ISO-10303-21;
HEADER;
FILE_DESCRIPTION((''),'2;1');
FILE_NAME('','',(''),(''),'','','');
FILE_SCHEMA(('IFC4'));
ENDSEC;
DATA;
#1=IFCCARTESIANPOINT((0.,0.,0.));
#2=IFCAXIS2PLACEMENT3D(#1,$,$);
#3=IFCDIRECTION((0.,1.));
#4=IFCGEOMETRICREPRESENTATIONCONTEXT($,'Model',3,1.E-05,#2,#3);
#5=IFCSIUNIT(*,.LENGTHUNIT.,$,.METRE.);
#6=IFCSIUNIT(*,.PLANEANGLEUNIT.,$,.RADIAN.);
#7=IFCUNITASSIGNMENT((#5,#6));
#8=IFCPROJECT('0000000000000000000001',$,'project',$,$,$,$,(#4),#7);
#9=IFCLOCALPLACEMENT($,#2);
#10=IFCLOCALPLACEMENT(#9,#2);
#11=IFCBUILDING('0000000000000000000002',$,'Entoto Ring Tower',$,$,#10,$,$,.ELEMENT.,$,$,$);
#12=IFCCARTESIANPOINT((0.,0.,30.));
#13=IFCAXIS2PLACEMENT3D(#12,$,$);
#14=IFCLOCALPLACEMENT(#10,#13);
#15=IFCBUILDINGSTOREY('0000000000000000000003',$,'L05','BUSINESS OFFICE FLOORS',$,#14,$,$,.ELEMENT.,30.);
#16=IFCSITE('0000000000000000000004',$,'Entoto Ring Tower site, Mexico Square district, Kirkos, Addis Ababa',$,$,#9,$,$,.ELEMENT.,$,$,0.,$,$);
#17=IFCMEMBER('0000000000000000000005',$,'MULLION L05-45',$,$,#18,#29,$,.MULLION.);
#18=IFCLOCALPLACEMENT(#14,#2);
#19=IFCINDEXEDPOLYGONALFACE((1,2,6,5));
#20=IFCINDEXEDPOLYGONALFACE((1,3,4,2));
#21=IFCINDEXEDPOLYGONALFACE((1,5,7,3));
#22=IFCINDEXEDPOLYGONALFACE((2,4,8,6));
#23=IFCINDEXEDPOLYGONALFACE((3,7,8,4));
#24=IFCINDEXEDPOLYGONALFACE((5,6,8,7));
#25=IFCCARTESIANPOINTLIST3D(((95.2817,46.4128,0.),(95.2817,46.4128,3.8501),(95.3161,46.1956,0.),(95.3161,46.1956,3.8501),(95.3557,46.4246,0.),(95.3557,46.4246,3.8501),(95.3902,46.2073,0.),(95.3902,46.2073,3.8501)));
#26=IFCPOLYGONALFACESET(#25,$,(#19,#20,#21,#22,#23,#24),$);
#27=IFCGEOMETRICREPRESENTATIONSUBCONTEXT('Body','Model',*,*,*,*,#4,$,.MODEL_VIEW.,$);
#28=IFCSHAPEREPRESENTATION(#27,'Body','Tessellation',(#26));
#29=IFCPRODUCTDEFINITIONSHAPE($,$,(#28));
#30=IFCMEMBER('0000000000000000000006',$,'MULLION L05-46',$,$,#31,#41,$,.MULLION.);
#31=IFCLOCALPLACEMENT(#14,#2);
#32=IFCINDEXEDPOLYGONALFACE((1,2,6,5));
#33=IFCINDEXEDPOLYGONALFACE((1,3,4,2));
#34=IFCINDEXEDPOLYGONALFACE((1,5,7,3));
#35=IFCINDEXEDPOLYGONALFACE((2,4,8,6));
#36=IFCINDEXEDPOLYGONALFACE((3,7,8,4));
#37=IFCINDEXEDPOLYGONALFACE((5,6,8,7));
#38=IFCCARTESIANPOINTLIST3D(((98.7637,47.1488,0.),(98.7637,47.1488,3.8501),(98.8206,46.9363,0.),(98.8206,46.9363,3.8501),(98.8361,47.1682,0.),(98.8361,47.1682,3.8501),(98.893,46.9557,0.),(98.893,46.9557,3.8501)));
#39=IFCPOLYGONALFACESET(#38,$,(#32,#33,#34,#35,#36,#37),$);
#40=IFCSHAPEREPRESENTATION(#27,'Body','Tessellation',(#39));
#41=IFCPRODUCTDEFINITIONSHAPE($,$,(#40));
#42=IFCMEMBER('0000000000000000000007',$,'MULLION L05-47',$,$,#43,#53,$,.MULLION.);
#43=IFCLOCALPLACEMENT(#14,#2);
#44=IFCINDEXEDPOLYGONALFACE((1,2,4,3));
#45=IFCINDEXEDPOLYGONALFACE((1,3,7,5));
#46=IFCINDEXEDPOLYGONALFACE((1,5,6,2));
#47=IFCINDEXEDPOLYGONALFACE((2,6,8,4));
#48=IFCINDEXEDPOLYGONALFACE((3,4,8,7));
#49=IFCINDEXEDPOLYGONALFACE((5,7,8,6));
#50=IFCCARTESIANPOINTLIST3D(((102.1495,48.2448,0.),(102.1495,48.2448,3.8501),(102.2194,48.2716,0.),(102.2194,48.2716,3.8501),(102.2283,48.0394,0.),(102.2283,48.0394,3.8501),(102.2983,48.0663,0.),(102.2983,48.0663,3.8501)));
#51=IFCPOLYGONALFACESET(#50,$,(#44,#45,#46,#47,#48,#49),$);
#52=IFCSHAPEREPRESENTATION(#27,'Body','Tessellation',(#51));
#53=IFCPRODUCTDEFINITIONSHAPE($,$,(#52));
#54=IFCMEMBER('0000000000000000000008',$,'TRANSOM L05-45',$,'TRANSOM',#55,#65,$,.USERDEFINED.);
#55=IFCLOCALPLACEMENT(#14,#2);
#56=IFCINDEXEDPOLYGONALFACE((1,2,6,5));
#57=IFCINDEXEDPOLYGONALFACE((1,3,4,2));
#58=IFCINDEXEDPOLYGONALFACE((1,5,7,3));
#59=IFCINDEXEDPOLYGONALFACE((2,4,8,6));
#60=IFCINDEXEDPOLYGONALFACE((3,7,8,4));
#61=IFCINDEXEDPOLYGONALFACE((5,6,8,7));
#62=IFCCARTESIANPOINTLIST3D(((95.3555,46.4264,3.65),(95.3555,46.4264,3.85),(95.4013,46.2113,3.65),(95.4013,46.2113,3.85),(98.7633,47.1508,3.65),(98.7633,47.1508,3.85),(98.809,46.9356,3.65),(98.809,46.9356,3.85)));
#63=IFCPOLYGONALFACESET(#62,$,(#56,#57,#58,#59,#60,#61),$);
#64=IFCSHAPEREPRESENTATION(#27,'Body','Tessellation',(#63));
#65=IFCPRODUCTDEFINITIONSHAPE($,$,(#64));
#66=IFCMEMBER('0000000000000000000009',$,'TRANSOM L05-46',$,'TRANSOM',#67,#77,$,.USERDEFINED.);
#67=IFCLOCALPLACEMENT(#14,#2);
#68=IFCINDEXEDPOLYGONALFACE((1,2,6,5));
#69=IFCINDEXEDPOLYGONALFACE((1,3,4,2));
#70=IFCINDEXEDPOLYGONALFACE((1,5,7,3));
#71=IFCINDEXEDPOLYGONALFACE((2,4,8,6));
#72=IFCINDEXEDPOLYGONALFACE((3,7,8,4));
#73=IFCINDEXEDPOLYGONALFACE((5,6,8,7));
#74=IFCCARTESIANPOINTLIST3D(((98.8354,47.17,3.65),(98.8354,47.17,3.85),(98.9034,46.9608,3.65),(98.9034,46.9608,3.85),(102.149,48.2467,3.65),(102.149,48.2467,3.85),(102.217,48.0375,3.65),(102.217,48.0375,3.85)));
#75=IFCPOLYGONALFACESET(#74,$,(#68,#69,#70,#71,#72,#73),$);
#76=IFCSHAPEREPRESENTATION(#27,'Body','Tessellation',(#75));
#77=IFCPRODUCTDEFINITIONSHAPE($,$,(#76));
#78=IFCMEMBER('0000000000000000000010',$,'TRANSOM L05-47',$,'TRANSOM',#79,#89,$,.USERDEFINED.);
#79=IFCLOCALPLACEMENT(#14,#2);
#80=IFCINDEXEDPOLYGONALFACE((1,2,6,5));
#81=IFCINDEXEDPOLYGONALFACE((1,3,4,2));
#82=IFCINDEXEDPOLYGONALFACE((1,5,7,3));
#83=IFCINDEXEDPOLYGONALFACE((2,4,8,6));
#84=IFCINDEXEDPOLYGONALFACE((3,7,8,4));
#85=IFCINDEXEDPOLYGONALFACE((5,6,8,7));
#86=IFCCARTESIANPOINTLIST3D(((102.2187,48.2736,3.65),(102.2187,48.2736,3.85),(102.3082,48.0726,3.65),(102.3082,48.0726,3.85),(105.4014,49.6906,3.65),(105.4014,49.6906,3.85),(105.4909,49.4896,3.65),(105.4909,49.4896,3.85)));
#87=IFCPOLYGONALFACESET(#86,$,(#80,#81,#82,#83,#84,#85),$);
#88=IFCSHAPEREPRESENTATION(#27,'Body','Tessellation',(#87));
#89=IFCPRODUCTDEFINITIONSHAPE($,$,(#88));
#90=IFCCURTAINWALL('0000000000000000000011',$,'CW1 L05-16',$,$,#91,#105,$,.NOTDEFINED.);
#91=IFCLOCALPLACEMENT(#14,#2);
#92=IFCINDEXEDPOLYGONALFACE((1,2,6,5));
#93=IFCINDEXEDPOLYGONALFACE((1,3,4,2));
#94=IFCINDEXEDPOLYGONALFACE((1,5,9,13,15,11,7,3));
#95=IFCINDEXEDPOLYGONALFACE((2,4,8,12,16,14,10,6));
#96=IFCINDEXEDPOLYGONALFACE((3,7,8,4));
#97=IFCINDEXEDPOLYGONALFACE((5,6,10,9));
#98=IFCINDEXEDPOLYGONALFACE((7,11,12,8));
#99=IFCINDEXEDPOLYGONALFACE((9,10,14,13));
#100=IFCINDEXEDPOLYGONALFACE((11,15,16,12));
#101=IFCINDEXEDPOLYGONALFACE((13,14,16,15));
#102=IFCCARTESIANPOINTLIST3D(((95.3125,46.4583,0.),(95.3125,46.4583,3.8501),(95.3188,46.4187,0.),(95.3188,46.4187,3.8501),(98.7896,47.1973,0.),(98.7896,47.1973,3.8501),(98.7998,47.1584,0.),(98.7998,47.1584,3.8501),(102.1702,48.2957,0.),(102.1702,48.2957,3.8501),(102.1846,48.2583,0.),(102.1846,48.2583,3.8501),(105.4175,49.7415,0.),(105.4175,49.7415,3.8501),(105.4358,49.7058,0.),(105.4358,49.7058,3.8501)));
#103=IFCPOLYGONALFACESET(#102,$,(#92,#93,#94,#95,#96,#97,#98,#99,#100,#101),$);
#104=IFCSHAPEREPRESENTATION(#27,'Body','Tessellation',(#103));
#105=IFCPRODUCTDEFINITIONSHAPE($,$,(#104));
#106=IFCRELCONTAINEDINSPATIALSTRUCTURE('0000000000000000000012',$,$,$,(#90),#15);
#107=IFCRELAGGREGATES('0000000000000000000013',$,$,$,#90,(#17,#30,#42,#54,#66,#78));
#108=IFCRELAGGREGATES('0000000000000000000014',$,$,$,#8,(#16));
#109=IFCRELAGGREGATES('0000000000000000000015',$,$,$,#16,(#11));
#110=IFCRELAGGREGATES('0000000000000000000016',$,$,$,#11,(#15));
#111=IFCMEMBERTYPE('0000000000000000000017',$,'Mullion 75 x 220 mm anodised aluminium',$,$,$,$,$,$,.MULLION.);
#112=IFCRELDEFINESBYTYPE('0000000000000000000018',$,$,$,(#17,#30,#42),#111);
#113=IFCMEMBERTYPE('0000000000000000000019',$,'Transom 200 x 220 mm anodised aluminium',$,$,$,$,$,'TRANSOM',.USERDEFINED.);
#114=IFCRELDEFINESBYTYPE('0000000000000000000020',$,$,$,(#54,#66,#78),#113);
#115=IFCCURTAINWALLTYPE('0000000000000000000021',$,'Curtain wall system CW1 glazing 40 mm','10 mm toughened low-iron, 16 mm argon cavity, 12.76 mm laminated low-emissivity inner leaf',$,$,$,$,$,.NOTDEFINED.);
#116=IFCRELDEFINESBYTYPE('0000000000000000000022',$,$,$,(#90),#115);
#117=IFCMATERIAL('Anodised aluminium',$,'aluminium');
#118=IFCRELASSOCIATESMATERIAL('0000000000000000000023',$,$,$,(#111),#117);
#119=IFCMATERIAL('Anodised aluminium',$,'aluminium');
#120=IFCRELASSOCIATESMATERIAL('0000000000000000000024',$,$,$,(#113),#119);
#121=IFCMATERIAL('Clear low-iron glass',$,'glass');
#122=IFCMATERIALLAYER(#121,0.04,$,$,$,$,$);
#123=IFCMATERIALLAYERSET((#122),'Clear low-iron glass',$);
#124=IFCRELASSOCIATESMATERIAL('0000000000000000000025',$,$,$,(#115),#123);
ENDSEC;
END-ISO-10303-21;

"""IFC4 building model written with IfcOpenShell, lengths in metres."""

from ifc_helpers import new_model, si_unit, direction, frame, origin, origin_2d, place, context, subcontext, project, spatial, polyline, rectangle, outline, extrude, material, layer, layer_set, material_profile, profile_set, type_object, element, aggregate, save


model = new_model("IFC4")

# Units and contexts
model_context = context("Model", 3, precision=1e-05, world=origin(), true_north=direction((0.0, 1.0)))
body_context = subcontext(model_context, "Body", "Model", "MODEL_VIEW")
ifc_project = project(units=[si_unit("LENGTHUNIT", "METRE"), si_unit("PLANEANGLEUNIT", "RADIAN")], contexts=[model_context])

# Members
ifc_material_1 = material(Name="Anodised aluminium", Category="aluminium")
ifc_material_profile_1 = material_profile(ifc_material_1, rectangle(XDim=0.075, YDim=0.22, at=origin_2d()), Name="Mullion 75 x 220 mm anodised aluminium")
ifc_profile_set_1 = profile_set([ifc_material_profile_1], Name="Anodised aluminium")
member_type_1 = type_object("IfcMemberType", Name="Mullion 75 x 220 mm anodised aluminium", PredefinedType="MULLION", material=ifc_profile_set_1)
site_placement = place(None, origin())
building_placement = place(site_placement, origin())
storey_placement = place(building_placement, frame((0.0, 0.0, 30.0)))
member_1_placement = place(storey_placement, frame((95.3359, 46.3101, 0.0), z_axis=(0.0, 0.0, 1.0), x_axis=(0.987688, 0.156434, 0.0)))
member_1 = element("IfcMember", 1, at=member_1_placement, type_object=member_type_1, Name="MULLION L05-45", PredefinedType="MULLION", context=body_context, shape_type="SweptSolid", body=[
    extrude(rectangle(XDim=0.075, YDim=0.22, at=origin_2d()), origin(), (0.0, 0.0, 1.0), 3.8501),
])
member_2_placement = place(storey_placement, frame((98.8284, 47.0522, 0.0), z_axis=(0.0, 0.0, 1.0), x_axis=(0.965926, 0.258819, 0.0)))
member_2 = element("IfcMember", 2, at=member_2_placement, type_object=member_type_1, Name="MULLION L05-46", PredefinedType="MULLION", context=body_context, shape_type="SweptSolid", body=[
    extrude(rectangle(XDim=0.075, YDim=0.22, at=origin_2d()), origin(), (0.0, 0.0, 1.0), 3.8501),
])
member_3_placement = place(storey_placement, frame((102.2239, 48.1555, 0.0), z_axis=(0.0, 0.0, 1.0), x_axis=(0.93358, 0.358368, 0.0)))
member_3 = element("IfcMember", 3, at=member_3_placement, type_object=member_type_1, Name="MULLION L05-47", PredefinedType="MULLION", context=body_context, shape_type="SweptSolid", body=[
    extrude(rectangle(XDim=0.075, YDim=0.22, at=origin_2d()), origin(), (0.0, 0.0, 1.0), 3.8501),
])
ifc_material_2 = material(Name="Anodised aluminium", Category="aluminium")
ifc_material_profile_2 = material_profile(ifc_material_2, rectangle(XDim=0.22, YDim=0.2, at=origin_2d()), Name="Transom 200 x 220 mm anodised aluminium")
ifc_profile_set_2 = profile_set([ifc_material_profile_2], Name="Anodised aluminium")
member_type_2 = type_object("IfcMemberType", Name="Transom 200 x 220 mm anodised aluminium", ElementType="TRANSOM", PredefinedType="USERDEFINED", material=ifc_profile_set_2)
member_4_placement = place(storey_placement, frame((95.3784, 46.3188, 3.75), z_axis=(0.978146, 0.207921, 0.0), x_axis=(-0.207921, 0.978146, 0.0)))
member_4 = element("IfcMember", 4, at=member_4_placement, type_object=member_type_2, Name="TRANSOM L05-45", ObjectType="TRANSOM", PredefinedType="USERDEFINED", context=body_context, shape_type="SweptSolid", body=[
    extrude(rectangle(XDim=0.22, YDim=0.2, at=origin_2d()), origin(), (0.0, 0.0, 1.0), 3.4839),
])
member_5_placement = place(storey_placement, frame((98.8694, 47.0654, 3.75), z_axis=(0.951053, 0.309029, 0.0), x_axis=(-0.309029, 0.951053, 0.0)))
member_5 = element("IfcMember", 5, at=member_5_placement, type_object=member_type_2, Name="TRANSOM L05-46", ObjectType="TRANSOM", PredefinedType="USERDEFINED", context=body_context, shape_type="SweptSolid", body=[
    extrude(rectangle(XDim=0.22, YDim=0.2, at=origin_2d()), origin(), (0.0, 0.0, 1.0), 3.4841),
])
member_6_placement = place(storey_placement, frame((102.2634, 48.1731, 3.75), z_axis=(0.913545, 0.406737, 0.0), x_axis=(-0.406737, 0.913545, 0.0)))
member_6 = element("IfcMember", 6, at=member_6_placement, type_object=member_type_2, Name="TRANSOM L05-47", ObjectType="TRANSOM", PredefinedType="USERDEFINED", context=body_context, shape_type="SweptSolid", body=[
    extrude(rectangle(XDim=0.22, YDim=0.2, at=origin_2d()), origin(), (0.0, 0.0, 1.0), 3.4839),
])

# Site, building, storey
site = spatial("IfcSite", under=ifc_project, at=site_placement, Name="Entoto Ring Tower site, Mexico Square district, Kirkos, Addis Ababa", CompositionType="ELEMENT", RefElevation=0.0)
building = spatial("IfcBuilding", under=site, at=building_placement, Name="Entoto Ring Tower", CompositionType="ELEMENT")
storey = spatial("IfcBuildingStorey", under=building, at=storey_placement, Name="L05", Description="BUSINESS OFFICE FLOORS", CompositionType="ELEMENT", Elevation=30.0)

# Curtain wall
ifc_material_3 = material(Name="Clear low-iron glass", Category="glass")
ifc_layer_1 = layer(ifc_material_3, 0.04)
ifc_layer_set_1 = layer_set([ifc_layer_1], Name="Clear low-iron glass")
curtain_wall_type = type_object("IfcCurtainWallType", Name="Curtain wall system CW1 glazing 40 mm", Description="10 mm toughened low-iron, 16 mm argon cavity, 12.76 mm laminated low-emissivity inner leaf", PredefinedType="NOTDEFINED", material=ifc_layer_set_1)
curtain_wall_1_placement = place(storey_placement, origin())
curtain_wall_1 = element("IfcCurtainWall", 7, at=curtain_wall_1_placement, inside=storey, type_object=curtain_wall_type, Name="CW1 L05-16", PredefinedType="NOTDEFINED", context=body_context, shape_type="SweptSolid", body=[
    extrude(outline(polyline([(95.3188, 46.4187), (98.7998, 47.1584), (102.1846, 48.2583), (105.4358, 49.7058), (105.4175, 49.7415), (102.1702, 48.2957), (98.7896, 47.1973), (95.3125, 46.4583), (95.3188, 46.4187)])), origin(), (0.0, 0.0, 1.0), 3.8501),
])
aggregate(curtain_wall_1, [member_1, member_2, member_3, member_4, member_5, member_6])

save(model, "model.ifc")
